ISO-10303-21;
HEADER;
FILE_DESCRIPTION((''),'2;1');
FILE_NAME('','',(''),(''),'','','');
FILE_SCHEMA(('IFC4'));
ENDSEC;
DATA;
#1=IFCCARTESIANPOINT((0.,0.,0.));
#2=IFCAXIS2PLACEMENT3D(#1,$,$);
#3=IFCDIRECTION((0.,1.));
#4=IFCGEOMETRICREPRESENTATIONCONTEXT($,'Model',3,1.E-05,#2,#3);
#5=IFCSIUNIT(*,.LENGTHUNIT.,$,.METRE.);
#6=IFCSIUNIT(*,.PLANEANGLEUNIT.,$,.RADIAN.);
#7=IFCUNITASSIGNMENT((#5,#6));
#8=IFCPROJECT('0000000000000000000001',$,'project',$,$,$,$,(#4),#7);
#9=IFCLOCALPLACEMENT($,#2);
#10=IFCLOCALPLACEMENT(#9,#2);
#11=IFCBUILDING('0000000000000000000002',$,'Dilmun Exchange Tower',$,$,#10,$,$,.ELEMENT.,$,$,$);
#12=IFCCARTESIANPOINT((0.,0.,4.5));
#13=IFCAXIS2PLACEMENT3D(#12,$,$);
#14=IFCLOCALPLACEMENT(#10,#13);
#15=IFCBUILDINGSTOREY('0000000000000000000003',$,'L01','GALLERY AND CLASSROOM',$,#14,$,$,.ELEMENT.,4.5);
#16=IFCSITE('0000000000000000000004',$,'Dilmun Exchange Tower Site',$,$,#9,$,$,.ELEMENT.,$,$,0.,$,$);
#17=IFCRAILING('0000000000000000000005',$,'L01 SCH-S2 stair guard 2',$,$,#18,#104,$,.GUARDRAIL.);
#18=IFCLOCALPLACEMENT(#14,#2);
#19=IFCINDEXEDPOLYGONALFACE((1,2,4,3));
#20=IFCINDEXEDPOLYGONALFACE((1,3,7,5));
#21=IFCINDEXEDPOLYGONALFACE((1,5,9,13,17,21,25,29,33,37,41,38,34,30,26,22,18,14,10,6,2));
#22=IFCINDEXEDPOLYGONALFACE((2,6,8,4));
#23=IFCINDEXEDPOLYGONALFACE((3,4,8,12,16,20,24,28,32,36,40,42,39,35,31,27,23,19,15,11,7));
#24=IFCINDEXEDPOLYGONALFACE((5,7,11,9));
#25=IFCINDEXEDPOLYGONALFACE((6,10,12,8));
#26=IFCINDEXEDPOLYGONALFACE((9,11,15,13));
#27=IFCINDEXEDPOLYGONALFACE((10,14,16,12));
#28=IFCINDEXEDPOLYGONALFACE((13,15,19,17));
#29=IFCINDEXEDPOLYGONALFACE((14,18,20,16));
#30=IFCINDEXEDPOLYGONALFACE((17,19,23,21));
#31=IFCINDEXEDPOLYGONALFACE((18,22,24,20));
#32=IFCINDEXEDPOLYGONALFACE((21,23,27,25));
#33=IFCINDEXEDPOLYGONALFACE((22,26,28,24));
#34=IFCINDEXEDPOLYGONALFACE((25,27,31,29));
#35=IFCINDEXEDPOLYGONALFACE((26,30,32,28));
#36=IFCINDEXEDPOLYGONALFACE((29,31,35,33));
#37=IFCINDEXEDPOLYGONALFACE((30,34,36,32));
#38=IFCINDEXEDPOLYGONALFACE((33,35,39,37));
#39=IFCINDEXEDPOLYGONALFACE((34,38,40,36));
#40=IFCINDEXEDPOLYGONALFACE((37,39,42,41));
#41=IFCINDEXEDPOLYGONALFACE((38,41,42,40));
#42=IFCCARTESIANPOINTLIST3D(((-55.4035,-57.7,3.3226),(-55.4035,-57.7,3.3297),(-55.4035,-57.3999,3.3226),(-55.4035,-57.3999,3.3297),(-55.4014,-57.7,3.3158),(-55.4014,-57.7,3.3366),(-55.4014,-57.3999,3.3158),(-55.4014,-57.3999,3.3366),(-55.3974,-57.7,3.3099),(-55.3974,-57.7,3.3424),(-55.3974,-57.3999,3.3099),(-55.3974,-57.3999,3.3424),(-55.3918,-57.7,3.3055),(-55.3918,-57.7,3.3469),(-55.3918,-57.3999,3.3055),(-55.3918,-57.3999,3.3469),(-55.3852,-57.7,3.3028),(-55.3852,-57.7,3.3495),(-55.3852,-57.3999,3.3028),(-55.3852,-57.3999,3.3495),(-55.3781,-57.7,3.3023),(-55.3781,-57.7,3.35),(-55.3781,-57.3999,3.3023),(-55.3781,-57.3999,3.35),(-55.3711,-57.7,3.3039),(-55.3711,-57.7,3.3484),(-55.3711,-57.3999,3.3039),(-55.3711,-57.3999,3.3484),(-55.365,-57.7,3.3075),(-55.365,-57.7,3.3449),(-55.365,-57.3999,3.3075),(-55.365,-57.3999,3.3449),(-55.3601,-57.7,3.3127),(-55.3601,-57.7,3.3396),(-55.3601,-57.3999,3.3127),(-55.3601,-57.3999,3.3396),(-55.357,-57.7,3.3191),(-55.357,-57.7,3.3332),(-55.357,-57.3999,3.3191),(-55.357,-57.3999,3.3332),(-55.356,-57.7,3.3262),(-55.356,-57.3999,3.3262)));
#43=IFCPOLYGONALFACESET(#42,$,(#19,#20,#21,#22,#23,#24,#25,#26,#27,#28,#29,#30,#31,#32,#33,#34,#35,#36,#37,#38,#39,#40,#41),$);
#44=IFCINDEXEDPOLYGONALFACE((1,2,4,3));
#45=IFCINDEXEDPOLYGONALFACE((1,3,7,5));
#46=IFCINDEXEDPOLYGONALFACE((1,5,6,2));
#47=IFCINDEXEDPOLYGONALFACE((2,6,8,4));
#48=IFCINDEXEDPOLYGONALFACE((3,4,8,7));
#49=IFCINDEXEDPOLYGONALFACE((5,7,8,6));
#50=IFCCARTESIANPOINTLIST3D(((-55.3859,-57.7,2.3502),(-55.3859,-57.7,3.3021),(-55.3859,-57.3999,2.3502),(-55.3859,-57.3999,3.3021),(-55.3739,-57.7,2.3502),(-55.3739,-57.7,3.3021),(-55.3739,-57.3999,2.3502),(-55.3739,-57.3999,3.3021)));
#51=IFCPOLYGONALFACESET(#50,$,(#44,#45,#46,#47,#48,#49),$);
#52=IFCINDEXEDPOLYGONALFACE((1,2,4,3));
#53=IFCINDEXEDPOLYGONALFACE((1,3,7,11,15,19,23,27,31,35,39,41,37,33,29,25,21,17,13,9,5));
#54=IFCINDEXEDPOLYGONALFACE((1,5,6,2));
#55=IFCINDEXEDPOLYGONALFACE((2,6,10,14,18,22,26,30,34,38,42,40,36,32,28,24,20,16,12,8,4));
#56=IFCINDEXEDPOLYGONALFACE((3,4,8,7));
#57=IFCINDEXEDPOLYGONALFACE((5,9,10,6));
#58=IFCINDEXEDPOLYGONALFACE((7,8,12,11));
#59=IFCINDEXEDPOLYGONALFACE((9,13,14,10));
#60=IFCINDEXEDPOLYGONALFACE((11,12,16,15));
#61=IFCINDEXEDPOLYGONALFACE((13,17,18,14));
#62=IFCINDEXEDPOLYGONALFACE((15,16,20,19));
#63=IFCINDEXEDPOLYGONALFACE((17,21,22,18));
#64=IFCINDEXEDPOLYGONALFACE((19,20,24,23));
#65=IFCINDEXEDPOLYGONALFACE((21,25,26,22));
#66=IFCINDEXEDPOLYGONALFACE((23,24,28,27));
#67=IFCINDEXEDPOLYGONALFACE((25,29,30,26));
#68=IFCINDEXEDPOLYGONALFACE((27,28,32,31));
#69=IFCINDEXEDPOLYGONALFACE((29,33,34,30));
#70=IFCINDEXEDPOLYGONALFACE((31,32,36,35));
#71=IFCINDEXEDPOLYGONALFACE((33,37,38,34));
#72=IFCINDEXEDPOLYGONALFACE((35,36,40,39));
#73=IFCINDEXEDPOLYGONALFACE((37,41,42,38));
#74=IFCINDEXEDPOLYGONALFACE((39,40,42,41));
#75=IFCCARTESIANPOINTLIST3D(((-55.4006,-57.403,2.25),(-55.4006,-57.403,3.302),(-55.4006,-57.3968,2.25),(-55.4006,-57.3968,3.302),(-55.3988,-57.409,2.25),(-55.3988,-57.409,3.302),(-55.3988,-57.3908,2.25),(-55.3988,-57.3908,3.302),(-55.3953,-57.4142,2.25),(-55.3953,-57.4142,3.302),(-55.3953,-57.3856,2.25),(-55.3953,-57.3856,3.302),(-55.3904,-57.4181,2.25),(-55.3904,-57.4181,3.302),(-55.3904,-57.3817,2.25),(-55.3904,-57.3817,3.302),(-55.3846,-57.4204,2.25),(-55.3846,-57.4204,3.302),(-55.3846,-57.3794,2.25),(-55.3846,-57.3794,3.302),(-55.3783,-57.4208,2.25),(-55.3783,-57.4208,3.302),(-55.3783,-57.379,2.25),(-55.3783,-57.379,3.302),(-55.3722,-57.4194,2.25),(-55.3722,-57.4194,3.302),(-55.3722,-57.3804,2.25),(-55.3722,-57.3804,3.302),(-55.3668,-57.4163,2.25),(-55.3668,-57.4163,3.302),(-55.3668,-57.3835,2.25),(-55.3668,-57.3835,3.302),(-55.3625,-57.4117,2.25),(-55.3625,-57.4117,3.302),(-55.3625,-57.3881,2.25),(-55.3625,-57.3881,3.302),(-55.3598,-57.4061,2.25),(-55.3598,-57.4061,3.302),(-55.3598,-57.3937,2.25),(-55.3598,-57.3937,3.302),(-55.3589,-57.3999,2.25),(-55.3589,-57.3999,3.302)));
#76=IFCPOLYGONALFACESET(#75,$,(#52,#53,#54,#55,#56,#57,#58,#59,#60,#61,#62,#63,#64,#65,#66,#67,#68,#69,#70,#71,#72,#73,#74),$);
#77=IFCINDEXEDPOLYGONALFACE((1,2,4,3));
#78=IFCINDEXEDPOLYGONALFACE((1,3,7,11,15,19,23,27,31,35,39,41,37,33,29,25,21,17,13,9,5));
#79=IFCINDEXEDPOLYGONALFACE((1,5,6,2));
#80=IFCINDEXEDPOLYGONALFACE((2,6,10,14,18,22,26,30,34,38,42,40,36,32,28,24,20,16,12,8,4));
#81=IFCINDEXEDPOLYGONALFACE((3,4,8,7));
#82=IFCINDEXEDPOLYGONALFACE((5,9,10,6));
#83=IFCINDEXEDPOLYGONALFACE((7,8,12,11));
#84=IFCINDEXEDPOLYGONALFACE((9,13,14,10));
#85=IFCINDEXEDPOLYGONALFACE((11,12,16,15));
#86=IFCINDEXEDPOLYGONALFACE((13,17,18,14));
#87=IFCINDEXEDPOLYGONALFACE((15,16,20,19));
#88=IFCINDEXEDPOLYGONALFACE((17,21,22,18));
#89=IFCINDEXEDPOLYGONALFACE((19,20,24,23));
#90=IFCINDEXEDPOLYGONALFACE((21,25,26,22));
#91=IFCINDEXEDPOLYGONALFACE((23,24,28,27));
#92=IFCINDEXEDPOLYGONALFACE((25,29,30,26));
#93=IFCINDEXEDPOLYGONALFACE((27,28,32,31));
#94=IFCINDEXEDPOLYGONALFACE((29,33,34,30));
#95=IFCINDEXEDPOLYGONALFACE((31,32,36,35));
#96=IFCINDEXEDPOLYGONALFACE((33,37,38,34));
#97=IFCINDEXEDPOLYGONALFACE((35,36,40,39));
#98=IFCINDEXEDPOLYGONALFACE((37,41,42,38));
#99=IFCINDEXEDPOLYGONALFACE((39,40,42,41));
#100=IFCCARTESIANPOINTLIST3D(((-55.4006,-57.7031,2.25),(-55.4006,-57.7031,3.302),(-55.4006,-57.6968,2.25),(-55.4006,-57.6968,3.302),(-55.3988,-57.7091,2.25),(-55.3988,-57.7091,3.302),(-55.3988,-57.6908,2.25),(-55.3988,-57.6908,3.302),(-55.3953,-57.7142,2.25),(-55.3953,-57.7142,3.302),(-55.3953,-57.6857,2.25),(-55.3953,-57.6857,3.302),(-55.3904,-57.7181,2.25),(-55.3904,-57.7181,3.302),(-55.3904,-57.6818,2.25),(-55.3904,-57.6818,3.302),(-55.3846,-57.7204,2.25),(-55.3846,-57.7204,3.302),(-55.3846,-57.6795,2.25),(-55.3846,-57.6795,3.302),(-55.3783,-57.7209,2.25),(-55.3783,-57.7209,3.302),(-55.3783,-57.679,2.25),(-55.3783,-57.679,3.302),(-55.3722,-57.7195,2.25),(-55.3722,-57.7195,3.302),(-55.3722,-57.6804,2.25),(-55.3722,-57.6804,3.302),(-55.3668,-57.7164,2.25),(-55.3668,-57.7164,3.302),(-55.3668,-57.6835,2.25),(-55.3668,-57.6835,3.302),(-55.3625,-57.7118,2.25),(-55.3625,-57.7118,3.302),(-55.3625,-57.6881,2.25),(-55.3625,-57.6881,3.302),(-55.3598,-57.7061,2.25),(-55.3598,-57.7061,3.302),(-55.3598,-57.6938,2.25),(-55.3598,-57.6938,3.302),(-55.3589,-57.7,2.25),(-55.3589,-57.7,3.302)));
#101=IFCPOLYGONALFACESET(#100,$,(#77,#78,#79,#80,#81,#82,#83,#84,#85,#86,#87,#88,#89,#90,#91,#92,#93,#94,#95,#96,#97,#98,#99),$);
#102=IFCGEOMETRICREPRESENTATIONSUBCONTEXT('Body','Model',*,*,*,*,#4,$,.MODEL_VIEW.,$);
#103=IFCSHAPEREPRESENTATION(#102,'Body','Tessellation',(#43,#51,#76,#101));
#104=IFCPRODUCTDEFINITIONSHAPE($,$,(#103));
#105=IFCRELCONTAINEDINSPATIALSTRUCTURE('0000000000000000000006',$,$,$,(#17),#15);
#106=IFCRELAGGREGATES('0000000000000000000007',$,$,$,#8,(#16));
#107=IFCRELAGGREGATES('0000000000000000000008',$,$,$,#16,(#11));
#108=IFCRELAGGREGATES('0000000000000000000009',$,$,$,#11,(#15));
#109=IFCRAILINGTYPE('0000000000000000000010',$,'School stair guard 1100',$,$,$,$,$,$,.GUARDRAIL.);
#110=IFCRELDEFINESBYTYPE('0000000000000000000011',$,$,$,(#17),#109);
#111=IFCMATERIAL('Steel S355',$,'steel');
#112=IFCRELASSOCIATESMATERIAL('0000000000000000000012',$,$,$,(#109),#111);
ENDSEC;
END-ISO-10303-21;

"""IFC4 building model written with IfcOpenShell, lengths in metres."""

from ifc_helpers import new_model, si_unit, direction, frame, origin, origin_2d, place, context, subcontext, project, spatial, rectangle, circle, extrude, material, type_object, element, save


model = new_model("IFC4")

# Units and contexts
model_context = context("Model", 3, precision=1e-05, world=origin(), true_north=direction((0.0, 1.0)))
body_context = subcontext(model_context, "Body", "Model", "MODEL_VIEW")
ifc_project = project(units=[si_unit("LENGTHUNIT", "METRE"), si_unit("PLANEANGLEUNIT", "RADIAN")], contexts=[model_context])

# Site, building, storey
site_placement = place(None, origin())
site = spatial("IfcSite", under=ifc_project, at=site_placement, Name="Dilmun Exchange Tower Site", CompositionType="ELEMENT", RefElevation=0.0)
building_placement = place(site_placement, origin())
building = spatial("IfcBuilding", under=site, at=building_placement, Name="Dilmun Exchange Tower", CompositionType="ELEMENT")
storey_placement = place(building_placement, frame((0.0, 0.0, 4.5)))
storey = spatial("IfcBuildingStorey", under=building, at=storey_placement, Name="L01", Description="GALLERY AND CLASSROOM", CompositionType="ELEMENT", Elevation=4.5)

# Railing
ifc_material_1 = material(Name="Steel S355", Category="steel")
railing_type_1 = type_object("IfcRailingType", Name="School stair guard 1100", PredefinedType="GUARDRAIL", material=ifc_material_1)
railing_1_placement = place(storey_placement, frame((-55.3799, -57.3999, 2.25)))
element("IfcRailing", 1, at=railing_1_placement, inside=storey, type_object=railing_type_1, Name="L01 SCH-S2 stair guard 2", PredefinedType="GUARDRAIL", context=body_context, shape_type="SweptSolid", body=[
    extrude(circle(Radius=0.0239, at=origin_2d()), frame((0.0, 0.0, 1.0762), z_axis=(0.0, -1.0, 0.0), x_axis=(1.0, 0.0, 0.0)), (0.0, 0.0, 1.0), 0.3),
    extrude(rectangle(XDim=0.012, YDim=0.9519, at=origin_2d()), frame((0.0, 0.0, 0.5762), z_axis=(0.0, -1.0, 0.0), x_axis=(1.0, 0.0, 0.0)), (0.0, 0.0, 1.0), 0.3),
    extrude(circle(Radius=0.021, at=origin_2d()), origin(), (0.0, 0.0, 1.0), 1.052),
    extrude(circle(Radius=0.021, at=origin_2d()), frame((0.0, -0.3, 0.0)), (0.0, 0.0, 1.0), 1.052),
])

save(model, "model.ifc")
